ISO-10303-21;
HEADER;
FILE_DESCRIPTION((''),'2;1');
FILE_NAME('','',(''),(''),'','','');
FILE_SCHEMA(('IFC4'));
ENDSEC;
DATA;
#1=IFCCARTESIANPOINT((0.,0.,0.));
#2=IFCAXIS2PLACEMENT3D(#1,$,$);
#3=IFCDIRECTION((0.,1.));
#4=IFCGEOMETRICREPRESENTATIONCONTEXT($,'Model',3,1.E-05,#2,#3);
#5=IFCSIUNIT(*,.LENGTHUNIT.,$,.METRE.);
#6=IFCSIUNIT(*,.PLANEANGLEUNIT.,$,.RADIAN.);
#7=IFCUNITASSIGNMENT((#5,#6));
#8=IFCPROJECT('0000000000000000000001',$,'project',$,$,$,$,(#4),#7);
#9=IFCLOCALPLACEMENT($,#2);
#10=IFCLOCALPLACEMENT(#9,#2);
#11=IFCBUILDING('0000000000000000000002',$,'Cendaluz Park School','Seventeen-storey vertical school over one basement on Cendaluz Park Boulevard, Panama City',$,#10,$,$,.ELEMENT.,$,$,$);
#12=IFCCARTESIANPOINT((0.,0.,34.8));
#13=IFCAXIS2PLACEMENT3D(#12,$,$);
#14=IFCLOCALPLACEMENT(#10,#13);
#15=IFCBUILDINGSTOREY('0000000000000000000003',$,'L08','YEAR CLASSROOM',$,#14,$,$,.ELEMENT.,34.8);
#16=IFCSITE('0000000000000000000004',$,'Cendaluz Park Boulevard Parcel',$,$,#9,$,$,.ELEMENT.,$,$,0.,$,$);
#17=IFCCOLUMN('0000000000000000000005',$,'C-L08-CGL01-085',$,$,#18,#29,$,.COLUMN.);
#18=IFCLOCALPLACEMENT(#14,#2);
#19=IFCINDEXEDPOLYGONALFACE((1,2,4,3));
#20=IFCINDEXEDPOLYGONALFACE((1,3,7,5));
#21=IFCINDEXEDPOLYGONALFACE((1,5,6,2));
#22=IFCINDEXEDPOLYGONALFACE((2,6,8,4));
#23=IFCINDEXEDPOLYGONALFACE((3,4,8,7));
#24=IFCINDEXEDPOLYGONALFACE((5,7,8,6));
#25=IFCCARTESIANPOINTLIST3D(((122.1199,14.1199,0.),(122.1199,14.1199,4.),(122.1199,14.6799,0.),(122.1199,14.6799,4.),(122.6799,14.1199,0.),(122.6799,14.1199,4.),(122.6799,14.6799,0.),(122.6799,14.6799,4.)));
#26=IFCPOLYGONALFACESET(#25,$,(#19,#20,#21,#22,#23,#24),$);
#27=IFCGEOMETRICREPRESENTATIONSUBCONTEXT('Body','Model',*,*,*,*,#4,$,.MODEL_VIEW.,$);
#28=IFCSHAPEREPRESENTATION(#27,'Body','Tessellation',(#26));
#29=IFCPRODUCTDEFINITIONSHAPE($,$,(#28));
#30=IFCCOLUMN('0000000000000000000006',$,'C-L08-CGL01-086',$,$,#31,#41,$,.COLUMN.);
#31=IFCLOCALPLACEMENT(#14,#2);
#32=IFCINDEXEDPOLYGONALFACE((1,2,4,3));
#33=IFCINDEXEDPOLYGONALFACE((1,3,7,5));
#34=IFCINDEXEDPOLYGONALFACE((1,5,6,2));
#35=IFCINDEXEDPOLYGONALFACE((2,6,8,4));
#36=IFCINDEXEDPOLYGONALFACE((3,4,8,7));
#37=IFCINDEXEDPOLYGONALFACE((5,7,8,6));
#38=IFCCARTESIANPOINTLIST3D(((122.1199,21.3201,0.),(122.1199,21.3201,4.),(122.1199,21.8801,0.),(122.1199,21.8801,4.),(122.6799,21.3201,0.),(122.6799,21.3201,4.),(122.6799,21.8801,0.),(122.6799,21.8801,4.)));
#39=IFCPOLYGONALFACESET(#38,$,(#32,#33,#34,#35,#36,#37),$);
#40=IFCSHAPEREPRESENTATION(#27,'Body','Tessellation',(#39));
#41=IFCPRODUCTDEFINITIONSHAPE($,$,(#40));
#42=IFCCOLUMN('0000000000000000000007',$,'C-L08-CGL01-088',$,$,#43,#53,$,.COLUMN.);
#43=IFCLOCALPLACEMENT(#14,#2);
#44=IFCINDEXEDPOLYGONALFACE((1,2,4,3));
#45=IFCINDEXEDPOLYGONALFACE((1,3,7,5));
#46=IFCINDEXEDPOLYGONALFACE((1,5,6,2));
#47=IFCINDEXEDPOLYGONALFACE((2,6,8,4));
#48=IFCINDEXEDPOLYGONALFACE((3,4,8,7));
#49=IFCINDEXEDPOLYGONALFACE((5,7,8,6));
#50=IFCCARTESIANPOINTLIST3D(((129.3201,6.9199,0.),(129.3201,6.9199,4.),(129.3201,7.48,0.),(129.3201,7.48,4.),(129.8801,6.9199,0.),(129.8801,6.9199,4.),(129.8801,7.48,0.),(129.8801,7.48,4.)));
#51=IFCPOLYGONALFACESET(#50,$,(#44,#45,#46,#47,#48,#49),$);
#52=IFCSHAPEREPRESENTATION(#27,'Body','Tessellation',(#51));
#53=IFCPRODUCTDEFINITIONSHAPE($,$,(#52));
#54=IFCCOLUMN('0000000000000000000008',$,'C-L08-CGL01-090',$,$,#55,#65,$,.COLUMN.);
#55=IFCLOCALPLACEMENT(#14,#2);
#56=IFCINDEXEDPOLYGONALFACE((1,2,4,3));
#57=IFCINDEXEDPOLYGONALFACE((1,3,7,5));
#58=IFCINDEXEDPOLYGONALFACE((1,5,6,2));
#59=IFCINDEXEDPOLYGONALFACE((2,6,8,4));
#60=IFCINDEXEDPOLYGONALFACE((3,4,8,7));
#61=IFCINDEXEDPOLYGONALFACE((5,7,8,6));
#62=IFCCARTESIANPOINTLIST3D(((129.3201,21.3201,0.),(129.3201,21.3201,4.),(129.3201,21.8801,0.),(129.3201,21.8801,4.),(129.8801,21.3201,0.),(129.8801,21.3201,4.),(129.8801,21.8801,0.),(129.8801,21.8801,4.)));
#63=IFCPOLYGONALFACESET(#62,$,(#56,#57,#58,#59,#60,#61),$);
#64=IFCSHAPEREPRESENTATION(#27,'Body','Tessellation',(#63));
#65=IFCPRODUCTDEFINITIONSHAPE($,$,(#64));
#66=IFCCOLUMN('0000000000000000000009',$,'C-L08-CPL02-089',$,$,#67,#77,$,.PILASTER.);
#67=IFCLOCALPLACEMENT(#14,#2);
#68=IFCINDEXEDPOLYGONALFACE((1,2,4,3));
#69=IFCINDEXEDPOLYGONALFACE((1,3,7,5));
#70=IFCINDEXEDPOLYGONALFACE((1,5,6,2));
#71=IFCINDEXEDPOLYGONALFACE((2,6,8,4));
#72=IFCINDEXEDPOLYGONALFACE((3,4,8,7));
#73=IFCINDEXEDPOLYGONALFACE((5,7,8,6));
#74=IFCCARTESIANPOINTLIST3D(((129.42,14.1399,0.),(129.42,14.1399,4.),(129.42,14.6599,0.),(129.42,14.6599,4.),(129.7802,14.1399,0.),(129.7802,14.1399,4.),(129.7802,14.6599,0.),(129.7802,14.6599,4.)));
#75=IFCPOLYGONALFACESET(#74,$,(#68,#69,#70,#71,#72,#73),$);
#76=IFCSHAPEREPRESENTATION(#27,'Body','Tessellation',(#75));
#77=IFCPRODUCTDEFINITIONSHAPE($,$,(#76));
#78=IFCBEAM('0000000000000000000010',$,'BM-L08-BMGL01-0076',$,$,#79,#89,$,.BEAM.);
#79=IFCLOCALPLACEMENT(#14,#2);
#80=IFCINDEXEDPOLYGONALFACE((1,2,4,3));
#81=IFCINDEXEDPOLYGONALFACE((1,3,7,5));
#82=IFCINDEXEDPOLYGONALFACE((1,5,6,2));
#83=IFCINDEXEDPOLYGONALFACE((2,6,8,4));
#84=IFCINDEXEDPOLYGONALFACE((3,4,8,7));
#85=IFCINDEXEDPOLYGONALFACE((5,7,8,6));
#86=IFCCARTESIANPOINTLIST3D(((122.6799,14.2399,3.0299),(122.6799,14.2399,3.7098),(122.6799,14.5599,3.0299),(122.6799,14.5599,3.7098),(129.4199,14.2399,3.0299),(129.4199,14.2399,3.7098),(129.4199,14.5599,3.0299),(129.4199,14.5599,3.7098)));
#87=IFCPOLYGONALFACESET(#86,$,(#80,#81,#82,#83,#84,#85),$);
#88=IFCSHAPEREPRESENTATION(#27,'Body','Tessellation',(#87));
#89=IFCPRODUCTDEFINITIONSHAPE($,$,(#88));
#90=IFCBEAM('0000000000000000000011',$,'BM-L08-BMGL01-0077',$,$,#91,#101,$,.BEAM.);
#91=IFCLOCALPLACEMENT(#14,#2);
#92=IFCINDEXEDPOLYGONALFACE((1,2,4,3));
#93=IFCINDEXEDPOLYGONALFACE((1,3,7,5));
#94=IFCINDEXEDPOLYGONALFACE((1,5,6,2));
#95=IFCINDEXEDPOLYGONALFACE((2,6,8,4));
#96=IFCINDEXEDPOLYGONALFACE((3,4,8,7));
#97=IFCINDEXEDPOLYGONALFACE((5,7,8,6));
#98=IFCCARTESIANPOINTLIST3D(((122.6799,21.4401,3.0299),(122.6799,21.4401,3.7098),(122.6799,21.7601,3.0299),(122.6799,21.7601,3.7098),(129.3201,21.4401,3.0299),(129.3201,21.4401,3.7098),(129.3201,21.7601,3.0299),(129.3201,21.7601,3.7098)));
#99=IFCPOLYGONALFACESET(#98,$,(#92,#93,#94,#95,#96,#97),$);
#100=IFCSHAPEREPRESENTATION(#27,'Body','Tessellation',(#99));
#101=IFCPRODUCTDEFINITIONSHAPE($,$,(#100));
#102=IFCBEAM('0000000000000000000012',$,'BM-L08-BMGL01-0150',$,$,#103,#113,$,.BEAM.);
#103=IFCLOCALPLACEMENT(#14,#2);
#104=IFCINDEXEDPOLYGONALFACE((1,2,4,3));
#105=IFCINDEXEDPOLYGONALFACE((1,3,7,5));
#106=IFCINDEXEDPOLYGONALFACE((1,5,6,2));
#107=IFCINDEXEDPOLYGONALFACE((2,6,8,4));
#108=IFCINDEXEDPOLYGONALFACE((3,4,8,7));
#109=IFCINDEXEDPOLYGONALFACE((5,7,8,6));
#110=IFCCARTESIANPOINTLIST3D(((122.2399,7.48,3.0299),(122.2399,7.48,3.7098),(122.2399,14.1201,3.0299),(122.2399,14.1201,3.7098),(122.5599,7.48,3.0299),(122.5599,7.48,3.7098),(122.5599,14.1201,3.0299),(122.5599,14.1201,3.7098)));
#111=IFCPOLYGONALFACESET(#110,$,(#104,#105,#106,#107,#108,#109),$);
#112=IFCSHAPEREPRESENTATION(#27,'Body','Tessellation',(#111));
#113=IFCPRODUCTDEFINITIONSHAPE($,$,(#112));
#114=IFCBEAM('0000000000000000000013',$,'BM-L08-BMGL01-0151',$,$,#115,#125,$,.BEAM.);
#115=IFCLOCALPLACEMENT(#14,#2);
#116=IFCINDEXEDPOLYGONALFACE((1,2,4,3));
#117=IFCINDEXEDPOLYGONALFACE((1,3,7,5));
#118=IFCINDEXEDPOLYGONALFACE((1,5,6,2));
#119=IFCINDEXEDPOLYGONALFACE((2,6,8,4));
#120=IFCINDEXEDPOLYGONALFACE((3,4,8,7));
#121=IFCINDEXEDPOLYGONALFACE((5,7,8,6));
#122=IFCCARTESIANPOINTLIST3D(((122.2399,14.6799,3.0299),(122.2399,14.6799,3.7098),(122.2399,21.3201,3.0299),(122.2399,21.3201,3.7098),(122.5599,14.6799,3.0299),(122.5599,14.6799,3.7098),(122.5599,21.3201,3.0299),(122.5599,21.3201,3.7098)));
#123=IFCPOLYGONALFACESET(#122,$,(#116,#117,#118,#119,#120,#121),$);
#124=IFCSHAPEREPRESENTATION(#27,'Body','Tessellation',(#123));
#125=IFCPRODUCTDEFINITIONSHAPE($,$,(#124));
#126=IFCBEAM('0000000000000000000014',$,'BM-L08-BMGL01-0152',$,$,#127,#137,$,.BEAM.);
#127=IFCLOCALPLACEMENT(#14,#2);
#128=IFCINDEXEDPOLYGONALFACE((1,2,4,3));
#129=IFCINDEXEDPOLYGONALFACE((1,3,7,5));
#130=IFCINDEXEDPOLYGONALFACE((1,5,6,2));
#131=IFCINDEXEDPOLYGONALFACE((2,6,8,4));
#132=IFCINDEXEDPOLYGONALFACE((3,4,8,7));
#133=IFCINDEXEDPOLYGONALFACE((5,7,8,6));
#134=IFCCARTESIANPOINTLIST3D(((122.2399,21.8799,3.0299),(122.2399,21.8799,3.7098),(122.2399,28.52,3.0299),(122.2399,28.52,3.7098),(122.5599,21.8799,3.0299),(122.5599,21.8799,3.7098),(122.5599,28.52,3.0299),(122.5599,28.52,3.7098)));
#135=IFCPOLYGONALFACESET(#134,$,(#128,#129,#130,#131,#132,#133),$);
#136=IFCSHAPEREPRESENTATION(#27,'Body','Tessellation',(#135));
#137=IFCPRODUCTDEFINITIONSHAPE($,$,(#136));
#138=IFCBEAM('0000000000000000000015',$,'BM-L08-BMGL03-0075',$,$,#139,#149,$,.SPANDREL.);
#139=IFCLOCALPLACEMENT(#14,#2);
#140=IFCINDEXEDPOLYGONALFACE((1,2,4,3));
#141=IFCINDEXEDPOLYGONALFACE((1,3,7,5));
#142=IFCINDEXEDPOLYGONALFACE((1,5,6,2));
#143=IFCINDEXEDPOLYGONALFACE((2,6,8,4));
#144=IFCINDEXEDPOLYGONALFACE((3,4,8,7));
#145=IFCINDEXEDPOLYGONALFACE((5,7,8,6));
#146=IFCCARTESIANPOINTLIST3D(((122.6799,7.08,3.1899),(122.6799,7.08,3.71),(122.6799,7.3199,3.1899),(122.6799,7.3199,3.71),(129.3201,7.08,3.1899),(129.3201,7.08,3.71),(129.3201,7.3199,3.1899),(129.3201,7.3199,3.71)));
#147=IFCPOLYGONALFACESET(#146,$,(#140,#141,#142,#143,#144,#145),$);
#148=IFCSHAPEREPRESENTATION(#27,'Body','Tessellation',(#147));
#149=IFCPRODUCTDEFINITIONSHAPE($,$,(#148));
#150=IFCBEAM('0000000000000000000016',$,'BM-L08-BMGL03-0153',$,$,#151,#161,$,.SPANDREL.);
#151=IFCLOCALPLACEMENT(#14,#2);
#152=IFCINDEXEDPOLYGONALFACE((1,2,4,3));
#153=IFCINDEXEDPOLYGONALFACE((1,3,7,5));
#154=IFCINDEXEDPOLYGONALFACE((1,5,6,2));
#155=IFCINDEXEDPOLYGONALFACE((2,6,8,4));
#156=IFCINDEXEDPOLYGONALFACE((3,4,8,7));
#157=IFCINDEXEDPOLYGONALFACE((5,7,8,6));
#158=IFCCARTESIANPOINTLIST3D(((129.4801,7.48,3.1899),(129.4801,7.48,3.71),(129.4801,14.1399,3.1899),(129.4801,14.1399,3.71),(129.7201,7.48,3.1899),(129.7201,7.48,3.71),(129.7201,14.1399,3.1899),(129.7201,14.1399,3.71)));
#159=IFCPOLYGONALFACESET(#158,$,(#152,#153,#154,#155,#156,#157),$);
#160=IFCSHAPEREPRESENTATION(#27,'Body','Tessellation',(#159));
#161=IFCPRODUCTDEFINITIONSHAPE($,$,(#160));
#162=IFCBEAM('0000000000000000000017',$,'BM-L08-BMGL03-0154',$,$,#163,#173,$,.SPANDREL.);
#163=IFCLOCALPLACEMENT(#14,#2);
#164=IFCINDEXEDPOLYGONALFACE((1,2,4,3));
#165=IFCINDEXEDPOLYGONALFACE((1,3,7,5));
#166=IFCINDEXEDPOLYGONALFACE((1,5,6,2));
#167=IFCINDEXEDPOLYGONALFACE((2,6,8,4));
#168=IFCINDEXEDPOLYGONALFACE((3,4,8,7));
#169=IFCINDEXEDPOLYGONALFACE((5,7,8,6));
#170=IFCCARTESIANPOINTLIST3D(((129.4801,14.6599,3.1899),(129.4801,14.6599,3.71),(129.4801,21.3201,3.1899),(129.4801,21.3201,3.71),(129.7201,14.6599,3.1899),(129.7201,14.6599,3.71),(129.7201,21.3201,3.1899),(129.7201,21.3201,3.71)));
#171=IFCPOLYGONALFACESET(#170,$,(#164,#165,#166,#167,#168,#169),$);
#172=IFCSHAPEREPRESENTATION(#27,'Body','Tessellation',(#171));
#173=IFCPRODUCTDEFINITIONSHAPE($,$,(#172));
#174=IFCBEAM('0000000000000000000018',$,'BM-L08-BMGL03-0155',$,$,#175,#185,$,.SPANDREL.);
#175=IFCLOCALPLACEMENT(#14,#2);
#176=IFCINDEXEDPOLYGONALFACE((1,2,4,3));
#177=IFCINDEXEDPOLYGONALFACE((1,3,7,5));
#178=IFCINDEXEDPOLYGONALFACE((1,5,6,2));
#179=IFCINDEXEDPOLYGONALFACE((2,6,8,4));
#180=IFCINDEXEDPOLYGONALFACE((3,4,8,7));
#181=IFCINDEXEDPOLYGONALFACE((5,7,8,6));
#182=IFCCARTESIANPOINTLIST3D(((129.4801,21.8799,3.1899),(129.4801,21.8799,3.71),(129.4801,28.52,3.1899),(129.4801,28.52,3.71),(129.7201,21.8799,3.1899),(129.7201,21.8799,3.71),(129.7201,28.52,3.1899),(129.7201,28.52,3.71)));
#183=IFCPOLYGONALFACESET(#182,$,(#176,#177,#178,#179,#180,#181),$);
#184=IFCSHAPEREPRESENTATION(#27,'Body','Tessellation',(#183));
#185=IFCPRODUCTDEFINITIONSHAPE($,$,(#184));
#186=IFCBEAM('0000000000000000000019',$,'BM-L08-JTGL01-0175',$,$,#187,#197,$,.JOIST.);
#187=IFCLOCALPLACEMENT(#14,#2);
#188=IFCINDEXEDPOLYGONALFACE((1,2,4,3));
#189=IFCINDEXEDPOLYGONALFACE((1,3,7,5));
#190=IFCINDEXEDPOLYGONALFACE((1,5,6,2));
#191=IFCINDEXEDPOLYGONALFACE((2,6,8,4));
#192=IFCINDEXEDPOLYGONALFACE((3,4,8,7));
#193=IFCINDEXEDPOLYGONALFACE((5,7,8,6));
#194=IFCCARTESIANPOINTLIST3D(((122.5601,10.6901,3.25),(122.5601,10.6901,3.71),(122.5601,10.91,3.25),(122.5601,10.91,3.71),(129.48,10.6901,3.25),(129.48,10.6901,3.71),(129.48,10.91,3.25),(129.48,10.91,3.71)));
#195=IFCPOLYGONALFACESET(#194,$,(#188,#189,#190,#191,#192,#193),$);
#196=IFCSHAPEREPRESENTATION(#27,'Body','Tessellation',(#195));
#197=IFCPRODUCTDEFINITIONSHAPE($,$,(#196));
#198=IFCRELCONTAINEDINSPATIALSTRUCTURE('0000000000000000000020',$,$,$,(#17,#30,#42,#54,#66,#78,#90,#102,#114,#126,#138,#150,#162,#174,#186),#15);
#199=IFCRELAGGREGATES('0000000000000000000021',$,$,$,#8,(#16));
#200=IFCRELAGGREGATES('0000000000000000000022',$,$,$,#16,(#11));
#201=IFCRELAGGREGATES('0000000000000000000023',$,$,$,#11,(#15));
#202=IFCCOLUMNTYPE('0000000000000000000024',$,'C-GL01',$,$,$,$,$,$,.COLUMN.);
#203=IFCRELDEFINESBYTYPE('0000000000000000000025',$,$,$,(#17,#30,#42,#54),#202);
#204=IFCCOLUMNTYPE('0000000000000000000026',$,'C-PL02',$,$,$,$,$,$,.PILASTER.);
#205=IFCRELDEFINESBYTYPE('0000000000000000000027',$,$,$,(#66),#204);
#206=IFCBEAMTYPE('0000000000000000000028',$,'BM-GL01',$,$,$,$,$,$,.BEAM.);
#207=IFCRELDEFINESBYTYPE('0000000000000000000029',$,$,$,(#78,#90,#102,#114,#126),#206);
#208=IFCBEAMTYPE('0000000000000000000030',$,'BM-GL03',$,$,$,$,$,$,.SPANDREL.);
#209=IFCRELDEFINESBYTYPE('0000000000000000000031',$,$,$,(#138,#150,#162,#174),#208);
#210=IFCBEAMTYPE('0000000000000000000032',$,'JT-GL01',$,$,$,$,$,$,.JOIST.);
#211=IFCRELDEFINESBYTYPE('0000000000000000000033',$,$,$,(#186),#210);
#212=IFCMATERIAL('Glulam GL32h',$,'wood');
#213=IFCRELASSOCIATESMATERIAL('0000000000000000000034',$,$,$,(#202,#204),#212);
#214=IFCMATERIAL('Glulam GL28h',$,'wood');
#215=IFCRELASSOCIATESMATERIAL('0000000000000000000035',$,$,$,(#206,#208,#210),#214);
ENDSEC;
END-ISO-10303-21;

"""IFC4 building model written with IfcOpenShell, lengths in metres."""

from ifc_helpers import new_model, si_unit, direction, frame, origin, origin_2d, place, context, subcontext, project, spatial, rectangle, extrude, material, material_profile, profile_set, type_object, element, save


model = new_model("IFC4")

# Units and contexts
model_context = context("Model", 3, precision=1e-05, world=origin(), true_north=direction((0.0, 1.0)))
body_context = subcontext(model_context, "Body", "Model", "MODEL_VIEW")
ifc_project = project(units=[si_unit("LENGTHUNIT", "METRE"), si_unit("PLANEANGLEUNIT", "RADIAN")], contexts=[model_context])

# Site, building, storey
site_placement = place(None, origin())
site = spatial("IfcSite", under=ifc_project, at=site_placement, Name="Cendaluz Park Boulevard Parcel", CompositionType="ELEMENT", RefElevation=0.0)
building_placement = place(site_placement, origin())
building = spatial("IfcBuilding", under=site, at=building_placement, Name="Cendaluz Park School", Description="Seventeen-storey vertical school over one basement on Cendaluz Park Boulevard, Panama City", CompositionType="ELEMENT")
storey_placement = place(building_placement, frame((0.0, 0.0, 34.8)))
storey = spatial("IfcBuildingStorey", under=building, at=storey_placement, Name="L08", Description="YEAR CLASSROOM", CompositionType="ELEMENT", Elevation=34.8)

# Columns
ifc_material_1 = material(Name="Glulam GL32h", Category="wood")
ifc_material_profile_1 = material_profile(ifc_material_1, rectangle(XDim=0.5601, YDim=0.5601, at=origin_2d()), Name="GL32h 560x560", Category="wood")
ifc_profile_set_1 = profile_set([ifc_material_profile_1], Name="Glulam GL32h")
column_type_1 = type_object("IfcColumnType", Name="C-GL01", PredefinedType="COLUMN", material=ifc_profile_set_1)
for number, where, z_axis, x_axis, name in (
    (1, (122.3999, 14.3999, 0.0), (0.0, 0.0, 1.0), (1.0, 0.0, 0.0), "C-L08-CGL01-085"),
    (2, (122.3999, 21.6001, 0.0), (0.0, 0.0, 1.0), (1.0, 0.0, 0.0), "C-L08-CGL01-086"),
    (3, (129.6001, 7.2, 0.0), (0.0, 0.0, 1.0), (1.0, 0.0, 0.0), "C-L08-CGL01-088"),
    (4, (129.6001, 21.6001, 0.0), (0.0, 0.0, 1.0), (1.0, 0.0, 0.0), "C-L08-CGL01-090"),
):
    element("IfcColumn", number, at=place(storey_placement, frame(where, z_axis=z_axis, x_axis=x_axis)), inside=storey, type_object=column_type_1, Name=name, PredefinedType="COLUMN", context=body_context, shape_type="SweptSolid", body=[
        extrude(rectangle(XDim=0.5601, YDim=0.5601, at=origin_2d()), origin(), (0.0, 0.0, 1.0), 4.0),
    ])
ifc_material_profile_2 = material_profile(ifc_material_1, rectangle(XDim=0.3601, YDim=0.52, at=origin_2d()), Name="GL32h 360x520", Category="wood")
ifc_profile_set_2 = profile_set([ifc_material_profile_2], Name="Glulam GL32h")
column_type_2 = type_object("IfcColumnType", Name="C-PL02", PredefinedType="PILASTER", material=ifc_profile_set_2)
column_placement = place(storey_placement, frame((129.6001, 14.3999, 0.0), z_axis=(0.0, 0.0, 1.0), x_axis=(1.0, 0.0, 0.0)))
element("IfcColumn", 5, at=column_placement, inside=storey, type_object=column_type_2, Name="C-L08-CPL02-089", PredefinedType="PILASTER", context=body_context, shape_type="SweptSolid", body=[
    extrude(rectangle(XDim=0.3601, YDim=0.52, at=origin_2d()), origin(), (0.0, 0.0, 1.0), 4.0),
])

# Beams
ifc_material_2 = material(Name="Glulam GL28h", Category="wood")
ifc_material_profile_3 = material_profile(ifc_material_2, rectangle(XDim=0.3201, YDim=0.6799, at=origin_2d()), Name="GL28h 320x680", Category="wood")
ifc_profile_set_3 = profile_set([ifc_material_profile_3], Name="Glulam GL28h")
beam_type_1 = type_object("IfcBeamType", Name="BM-GL01", PredefinedType="BEAM", material=ifc_profile_set_3)
beam_1_placement = place(storey_placement, frame((122.6799, 14.3999, 3.3699), z_axis=(1.0, 0.0, 0.0), x_axis=(0.0, 1.0, 0.0)))
element("IfcBeam", 6, at=beam_1_placement, inside=storey, type_object=beam_type_1, Name="BM-L08-BMGL01-0076", PredefinedType="BEAM", context=body_context, shape_type="SweptSolid", body=[
    extrude(rectangle(XDim=0.3201, YDim=0.6799, at=origin_2d()), origin(), (0.0, 0.0, 1.0), 6.74),
])
for number, where, z_axis, x_axis, name in (
    (7, (122.6799, 21.6001, 3.3699), (1.0, 0.0, 0.0), (0.0, 1.0, 0.0), "BM-L08-BMGL01-0077"),
    (8, (122.3999, 7.48, 3.3699), (0.0, 1.0, 0.0), (-1.0, 0.0, 0.0), "BM-L08-BMGL01-0150"),
    (9, (122.3999, 14.6799, 3.3699), (0.0, 1.0, 0.0), (-1.0, 0.0, 0.0), "BM-L08-BMGL01-0151"),
    (10, (122.3999, 21.8799, 3.3699), (0.0, 1.0, 0.0), (-1.0, 0.0, 0.0), "BM-L08-BMGL01-0152"),
):
    element("IfcBeam", number, at=place(storey_placement, frame(where, z_axis=z_axis, x_axis=x_axis)), inside=storey, type_object=beam_type_1, Name=name, PredefinedType="BEAM", context=body_context, shape_type="SweptSolid", body=[
        extrude(rectangle(XDim=0.3201, YDim=0.6799, at=origin_2d()), origin(), (0.0, 0.0, 1.0), 6.6401),
    ])
ifc_material_profile_4 = material_profile(ifc_material_2, rectangle(XDim=0.24, YDim=0.52, at=origin_2d()), Name="GL28h 240x520", Category="wood")
ifc_profile_set_4 = profile_set([ifc_material_profile_4], Name="Glulam GL28h")
beam_type_2 = type_object("IfcBeamType", Name="BM-GL03", PredefinedType="SPANDREL", material=ifc_profile_set_4)
beam_2_placement = place(storey_placement, frame((122.6799, 7.2, 3.45), z_axis=(1.0, 0.0, 0.0), x_axis=(0.0, 1.0, 0.0)))
element("IfcBeam", 11, at=beam_2_placement, inside=storey, type_object=beam_type_2, Name="BM-L08-BMGL03-0075", PredefinedType="SPANDREL", context=body_context, shape_type="SweptSolid", body=[
    extrude(rectangle(XDim=0.24, YDim=0.52, at=origin_2d()), origin(), (0.0, 0.0, 1.0), 6.6401),
])
beam_3_placement = place(storey_placement, frame((129.6001, 7.48, 3.45), z_axis=(0.0, 1.0, 0.0), x_axis=(-1.0, 0.0, 0.0)))
element("IfcBeam", 12, at=beam_3_placement, inside=storey, type_object=beam_type_2, Name="BM-L08-BMGL03-0153", PredefinedType="SPANDREL", context=body_context, shape_type="SweptSolid", body=[
    extrude(rectangle(XDim=0.24, YDim=0.52, at=origin_2d()), origin(), (0.0, 0.0, 1.0), 6.6599),
])
beam_4_placement = place(storey_placement, frame((129.6001, 14.6599, 3.45), z_axis=(0.0, 1.0, 0.0), x_axis=(-1.0, 0.0, 0.0)))
element("IfcBeam", 13, at=beam_4_placement, inside=storey, type_object=beam_type_2, Name="BM-L08-BMGL03-0154", PredefinedType="SPANDREL", context=body_context, shape_type="SweptSolid", body=[
    extrude(rectangle(XDim=0.24, YDim=0.52, at=origin_2d()), origin(), (0.0, 0.0, 1.0), 6.6602),
])
beam_5_placement = place(storey_placement, frame((129.6001, 21.8799, 3.45), z_axis=(0.0, 1.0, 0.0), x_axis=(-1.0, 0.0, 0.0)))
element("IfcBeam", 14, at=beam_5_placement, inside=storey, type_object=beam_type_2, Name="BM-L08-BMGL03-0155", PredefinedType="SPANDREL", context=body_context, shape_type="SweptSolid", body=[
    extrude(rectangle(XDim=0.24, YDim=0.52, at=origin_2d()), origin(), (0.0, 0.0, 1.0), 6.6401),
])
ifc_material_profile_5 = material_profile(ifc_material_2, rectangle(XDim=0.22, YDim=0.46, at=origin_2d()), Name="GL28h 220x460", Category="wood")
ifc_profile_set_5 = profile_set([ifc_material_profile_5], Name="Glulam GL28h")
beam_type_3 = type_object("IfcBeamType", Name="JT-GL01", PredefinedType="JOIST", material=ifc_profile_set_5)
beam_6_placement = place(storey_placement, frame((122.5601, 10.8, 3.48), z_axis=(1.0, 0.0, 0.0), x_axis=(0.0, 1.0, 0.0)))
element("IfcBeam", 15, at=beam_6_placement, inside=storey, type_object=beam_type_3, Name="BM-L08-JTGL01-0175", PredefinedType="JOIST", context=body_context, shape_type="SweptSolid", body=[
    extrude(rectangle(XDim=0.22, YDim=0.46, at=origin_2d()), origin(), (0.0, 0.0, 1.0), 6.9199),
])

save(model, "model.ifc")
